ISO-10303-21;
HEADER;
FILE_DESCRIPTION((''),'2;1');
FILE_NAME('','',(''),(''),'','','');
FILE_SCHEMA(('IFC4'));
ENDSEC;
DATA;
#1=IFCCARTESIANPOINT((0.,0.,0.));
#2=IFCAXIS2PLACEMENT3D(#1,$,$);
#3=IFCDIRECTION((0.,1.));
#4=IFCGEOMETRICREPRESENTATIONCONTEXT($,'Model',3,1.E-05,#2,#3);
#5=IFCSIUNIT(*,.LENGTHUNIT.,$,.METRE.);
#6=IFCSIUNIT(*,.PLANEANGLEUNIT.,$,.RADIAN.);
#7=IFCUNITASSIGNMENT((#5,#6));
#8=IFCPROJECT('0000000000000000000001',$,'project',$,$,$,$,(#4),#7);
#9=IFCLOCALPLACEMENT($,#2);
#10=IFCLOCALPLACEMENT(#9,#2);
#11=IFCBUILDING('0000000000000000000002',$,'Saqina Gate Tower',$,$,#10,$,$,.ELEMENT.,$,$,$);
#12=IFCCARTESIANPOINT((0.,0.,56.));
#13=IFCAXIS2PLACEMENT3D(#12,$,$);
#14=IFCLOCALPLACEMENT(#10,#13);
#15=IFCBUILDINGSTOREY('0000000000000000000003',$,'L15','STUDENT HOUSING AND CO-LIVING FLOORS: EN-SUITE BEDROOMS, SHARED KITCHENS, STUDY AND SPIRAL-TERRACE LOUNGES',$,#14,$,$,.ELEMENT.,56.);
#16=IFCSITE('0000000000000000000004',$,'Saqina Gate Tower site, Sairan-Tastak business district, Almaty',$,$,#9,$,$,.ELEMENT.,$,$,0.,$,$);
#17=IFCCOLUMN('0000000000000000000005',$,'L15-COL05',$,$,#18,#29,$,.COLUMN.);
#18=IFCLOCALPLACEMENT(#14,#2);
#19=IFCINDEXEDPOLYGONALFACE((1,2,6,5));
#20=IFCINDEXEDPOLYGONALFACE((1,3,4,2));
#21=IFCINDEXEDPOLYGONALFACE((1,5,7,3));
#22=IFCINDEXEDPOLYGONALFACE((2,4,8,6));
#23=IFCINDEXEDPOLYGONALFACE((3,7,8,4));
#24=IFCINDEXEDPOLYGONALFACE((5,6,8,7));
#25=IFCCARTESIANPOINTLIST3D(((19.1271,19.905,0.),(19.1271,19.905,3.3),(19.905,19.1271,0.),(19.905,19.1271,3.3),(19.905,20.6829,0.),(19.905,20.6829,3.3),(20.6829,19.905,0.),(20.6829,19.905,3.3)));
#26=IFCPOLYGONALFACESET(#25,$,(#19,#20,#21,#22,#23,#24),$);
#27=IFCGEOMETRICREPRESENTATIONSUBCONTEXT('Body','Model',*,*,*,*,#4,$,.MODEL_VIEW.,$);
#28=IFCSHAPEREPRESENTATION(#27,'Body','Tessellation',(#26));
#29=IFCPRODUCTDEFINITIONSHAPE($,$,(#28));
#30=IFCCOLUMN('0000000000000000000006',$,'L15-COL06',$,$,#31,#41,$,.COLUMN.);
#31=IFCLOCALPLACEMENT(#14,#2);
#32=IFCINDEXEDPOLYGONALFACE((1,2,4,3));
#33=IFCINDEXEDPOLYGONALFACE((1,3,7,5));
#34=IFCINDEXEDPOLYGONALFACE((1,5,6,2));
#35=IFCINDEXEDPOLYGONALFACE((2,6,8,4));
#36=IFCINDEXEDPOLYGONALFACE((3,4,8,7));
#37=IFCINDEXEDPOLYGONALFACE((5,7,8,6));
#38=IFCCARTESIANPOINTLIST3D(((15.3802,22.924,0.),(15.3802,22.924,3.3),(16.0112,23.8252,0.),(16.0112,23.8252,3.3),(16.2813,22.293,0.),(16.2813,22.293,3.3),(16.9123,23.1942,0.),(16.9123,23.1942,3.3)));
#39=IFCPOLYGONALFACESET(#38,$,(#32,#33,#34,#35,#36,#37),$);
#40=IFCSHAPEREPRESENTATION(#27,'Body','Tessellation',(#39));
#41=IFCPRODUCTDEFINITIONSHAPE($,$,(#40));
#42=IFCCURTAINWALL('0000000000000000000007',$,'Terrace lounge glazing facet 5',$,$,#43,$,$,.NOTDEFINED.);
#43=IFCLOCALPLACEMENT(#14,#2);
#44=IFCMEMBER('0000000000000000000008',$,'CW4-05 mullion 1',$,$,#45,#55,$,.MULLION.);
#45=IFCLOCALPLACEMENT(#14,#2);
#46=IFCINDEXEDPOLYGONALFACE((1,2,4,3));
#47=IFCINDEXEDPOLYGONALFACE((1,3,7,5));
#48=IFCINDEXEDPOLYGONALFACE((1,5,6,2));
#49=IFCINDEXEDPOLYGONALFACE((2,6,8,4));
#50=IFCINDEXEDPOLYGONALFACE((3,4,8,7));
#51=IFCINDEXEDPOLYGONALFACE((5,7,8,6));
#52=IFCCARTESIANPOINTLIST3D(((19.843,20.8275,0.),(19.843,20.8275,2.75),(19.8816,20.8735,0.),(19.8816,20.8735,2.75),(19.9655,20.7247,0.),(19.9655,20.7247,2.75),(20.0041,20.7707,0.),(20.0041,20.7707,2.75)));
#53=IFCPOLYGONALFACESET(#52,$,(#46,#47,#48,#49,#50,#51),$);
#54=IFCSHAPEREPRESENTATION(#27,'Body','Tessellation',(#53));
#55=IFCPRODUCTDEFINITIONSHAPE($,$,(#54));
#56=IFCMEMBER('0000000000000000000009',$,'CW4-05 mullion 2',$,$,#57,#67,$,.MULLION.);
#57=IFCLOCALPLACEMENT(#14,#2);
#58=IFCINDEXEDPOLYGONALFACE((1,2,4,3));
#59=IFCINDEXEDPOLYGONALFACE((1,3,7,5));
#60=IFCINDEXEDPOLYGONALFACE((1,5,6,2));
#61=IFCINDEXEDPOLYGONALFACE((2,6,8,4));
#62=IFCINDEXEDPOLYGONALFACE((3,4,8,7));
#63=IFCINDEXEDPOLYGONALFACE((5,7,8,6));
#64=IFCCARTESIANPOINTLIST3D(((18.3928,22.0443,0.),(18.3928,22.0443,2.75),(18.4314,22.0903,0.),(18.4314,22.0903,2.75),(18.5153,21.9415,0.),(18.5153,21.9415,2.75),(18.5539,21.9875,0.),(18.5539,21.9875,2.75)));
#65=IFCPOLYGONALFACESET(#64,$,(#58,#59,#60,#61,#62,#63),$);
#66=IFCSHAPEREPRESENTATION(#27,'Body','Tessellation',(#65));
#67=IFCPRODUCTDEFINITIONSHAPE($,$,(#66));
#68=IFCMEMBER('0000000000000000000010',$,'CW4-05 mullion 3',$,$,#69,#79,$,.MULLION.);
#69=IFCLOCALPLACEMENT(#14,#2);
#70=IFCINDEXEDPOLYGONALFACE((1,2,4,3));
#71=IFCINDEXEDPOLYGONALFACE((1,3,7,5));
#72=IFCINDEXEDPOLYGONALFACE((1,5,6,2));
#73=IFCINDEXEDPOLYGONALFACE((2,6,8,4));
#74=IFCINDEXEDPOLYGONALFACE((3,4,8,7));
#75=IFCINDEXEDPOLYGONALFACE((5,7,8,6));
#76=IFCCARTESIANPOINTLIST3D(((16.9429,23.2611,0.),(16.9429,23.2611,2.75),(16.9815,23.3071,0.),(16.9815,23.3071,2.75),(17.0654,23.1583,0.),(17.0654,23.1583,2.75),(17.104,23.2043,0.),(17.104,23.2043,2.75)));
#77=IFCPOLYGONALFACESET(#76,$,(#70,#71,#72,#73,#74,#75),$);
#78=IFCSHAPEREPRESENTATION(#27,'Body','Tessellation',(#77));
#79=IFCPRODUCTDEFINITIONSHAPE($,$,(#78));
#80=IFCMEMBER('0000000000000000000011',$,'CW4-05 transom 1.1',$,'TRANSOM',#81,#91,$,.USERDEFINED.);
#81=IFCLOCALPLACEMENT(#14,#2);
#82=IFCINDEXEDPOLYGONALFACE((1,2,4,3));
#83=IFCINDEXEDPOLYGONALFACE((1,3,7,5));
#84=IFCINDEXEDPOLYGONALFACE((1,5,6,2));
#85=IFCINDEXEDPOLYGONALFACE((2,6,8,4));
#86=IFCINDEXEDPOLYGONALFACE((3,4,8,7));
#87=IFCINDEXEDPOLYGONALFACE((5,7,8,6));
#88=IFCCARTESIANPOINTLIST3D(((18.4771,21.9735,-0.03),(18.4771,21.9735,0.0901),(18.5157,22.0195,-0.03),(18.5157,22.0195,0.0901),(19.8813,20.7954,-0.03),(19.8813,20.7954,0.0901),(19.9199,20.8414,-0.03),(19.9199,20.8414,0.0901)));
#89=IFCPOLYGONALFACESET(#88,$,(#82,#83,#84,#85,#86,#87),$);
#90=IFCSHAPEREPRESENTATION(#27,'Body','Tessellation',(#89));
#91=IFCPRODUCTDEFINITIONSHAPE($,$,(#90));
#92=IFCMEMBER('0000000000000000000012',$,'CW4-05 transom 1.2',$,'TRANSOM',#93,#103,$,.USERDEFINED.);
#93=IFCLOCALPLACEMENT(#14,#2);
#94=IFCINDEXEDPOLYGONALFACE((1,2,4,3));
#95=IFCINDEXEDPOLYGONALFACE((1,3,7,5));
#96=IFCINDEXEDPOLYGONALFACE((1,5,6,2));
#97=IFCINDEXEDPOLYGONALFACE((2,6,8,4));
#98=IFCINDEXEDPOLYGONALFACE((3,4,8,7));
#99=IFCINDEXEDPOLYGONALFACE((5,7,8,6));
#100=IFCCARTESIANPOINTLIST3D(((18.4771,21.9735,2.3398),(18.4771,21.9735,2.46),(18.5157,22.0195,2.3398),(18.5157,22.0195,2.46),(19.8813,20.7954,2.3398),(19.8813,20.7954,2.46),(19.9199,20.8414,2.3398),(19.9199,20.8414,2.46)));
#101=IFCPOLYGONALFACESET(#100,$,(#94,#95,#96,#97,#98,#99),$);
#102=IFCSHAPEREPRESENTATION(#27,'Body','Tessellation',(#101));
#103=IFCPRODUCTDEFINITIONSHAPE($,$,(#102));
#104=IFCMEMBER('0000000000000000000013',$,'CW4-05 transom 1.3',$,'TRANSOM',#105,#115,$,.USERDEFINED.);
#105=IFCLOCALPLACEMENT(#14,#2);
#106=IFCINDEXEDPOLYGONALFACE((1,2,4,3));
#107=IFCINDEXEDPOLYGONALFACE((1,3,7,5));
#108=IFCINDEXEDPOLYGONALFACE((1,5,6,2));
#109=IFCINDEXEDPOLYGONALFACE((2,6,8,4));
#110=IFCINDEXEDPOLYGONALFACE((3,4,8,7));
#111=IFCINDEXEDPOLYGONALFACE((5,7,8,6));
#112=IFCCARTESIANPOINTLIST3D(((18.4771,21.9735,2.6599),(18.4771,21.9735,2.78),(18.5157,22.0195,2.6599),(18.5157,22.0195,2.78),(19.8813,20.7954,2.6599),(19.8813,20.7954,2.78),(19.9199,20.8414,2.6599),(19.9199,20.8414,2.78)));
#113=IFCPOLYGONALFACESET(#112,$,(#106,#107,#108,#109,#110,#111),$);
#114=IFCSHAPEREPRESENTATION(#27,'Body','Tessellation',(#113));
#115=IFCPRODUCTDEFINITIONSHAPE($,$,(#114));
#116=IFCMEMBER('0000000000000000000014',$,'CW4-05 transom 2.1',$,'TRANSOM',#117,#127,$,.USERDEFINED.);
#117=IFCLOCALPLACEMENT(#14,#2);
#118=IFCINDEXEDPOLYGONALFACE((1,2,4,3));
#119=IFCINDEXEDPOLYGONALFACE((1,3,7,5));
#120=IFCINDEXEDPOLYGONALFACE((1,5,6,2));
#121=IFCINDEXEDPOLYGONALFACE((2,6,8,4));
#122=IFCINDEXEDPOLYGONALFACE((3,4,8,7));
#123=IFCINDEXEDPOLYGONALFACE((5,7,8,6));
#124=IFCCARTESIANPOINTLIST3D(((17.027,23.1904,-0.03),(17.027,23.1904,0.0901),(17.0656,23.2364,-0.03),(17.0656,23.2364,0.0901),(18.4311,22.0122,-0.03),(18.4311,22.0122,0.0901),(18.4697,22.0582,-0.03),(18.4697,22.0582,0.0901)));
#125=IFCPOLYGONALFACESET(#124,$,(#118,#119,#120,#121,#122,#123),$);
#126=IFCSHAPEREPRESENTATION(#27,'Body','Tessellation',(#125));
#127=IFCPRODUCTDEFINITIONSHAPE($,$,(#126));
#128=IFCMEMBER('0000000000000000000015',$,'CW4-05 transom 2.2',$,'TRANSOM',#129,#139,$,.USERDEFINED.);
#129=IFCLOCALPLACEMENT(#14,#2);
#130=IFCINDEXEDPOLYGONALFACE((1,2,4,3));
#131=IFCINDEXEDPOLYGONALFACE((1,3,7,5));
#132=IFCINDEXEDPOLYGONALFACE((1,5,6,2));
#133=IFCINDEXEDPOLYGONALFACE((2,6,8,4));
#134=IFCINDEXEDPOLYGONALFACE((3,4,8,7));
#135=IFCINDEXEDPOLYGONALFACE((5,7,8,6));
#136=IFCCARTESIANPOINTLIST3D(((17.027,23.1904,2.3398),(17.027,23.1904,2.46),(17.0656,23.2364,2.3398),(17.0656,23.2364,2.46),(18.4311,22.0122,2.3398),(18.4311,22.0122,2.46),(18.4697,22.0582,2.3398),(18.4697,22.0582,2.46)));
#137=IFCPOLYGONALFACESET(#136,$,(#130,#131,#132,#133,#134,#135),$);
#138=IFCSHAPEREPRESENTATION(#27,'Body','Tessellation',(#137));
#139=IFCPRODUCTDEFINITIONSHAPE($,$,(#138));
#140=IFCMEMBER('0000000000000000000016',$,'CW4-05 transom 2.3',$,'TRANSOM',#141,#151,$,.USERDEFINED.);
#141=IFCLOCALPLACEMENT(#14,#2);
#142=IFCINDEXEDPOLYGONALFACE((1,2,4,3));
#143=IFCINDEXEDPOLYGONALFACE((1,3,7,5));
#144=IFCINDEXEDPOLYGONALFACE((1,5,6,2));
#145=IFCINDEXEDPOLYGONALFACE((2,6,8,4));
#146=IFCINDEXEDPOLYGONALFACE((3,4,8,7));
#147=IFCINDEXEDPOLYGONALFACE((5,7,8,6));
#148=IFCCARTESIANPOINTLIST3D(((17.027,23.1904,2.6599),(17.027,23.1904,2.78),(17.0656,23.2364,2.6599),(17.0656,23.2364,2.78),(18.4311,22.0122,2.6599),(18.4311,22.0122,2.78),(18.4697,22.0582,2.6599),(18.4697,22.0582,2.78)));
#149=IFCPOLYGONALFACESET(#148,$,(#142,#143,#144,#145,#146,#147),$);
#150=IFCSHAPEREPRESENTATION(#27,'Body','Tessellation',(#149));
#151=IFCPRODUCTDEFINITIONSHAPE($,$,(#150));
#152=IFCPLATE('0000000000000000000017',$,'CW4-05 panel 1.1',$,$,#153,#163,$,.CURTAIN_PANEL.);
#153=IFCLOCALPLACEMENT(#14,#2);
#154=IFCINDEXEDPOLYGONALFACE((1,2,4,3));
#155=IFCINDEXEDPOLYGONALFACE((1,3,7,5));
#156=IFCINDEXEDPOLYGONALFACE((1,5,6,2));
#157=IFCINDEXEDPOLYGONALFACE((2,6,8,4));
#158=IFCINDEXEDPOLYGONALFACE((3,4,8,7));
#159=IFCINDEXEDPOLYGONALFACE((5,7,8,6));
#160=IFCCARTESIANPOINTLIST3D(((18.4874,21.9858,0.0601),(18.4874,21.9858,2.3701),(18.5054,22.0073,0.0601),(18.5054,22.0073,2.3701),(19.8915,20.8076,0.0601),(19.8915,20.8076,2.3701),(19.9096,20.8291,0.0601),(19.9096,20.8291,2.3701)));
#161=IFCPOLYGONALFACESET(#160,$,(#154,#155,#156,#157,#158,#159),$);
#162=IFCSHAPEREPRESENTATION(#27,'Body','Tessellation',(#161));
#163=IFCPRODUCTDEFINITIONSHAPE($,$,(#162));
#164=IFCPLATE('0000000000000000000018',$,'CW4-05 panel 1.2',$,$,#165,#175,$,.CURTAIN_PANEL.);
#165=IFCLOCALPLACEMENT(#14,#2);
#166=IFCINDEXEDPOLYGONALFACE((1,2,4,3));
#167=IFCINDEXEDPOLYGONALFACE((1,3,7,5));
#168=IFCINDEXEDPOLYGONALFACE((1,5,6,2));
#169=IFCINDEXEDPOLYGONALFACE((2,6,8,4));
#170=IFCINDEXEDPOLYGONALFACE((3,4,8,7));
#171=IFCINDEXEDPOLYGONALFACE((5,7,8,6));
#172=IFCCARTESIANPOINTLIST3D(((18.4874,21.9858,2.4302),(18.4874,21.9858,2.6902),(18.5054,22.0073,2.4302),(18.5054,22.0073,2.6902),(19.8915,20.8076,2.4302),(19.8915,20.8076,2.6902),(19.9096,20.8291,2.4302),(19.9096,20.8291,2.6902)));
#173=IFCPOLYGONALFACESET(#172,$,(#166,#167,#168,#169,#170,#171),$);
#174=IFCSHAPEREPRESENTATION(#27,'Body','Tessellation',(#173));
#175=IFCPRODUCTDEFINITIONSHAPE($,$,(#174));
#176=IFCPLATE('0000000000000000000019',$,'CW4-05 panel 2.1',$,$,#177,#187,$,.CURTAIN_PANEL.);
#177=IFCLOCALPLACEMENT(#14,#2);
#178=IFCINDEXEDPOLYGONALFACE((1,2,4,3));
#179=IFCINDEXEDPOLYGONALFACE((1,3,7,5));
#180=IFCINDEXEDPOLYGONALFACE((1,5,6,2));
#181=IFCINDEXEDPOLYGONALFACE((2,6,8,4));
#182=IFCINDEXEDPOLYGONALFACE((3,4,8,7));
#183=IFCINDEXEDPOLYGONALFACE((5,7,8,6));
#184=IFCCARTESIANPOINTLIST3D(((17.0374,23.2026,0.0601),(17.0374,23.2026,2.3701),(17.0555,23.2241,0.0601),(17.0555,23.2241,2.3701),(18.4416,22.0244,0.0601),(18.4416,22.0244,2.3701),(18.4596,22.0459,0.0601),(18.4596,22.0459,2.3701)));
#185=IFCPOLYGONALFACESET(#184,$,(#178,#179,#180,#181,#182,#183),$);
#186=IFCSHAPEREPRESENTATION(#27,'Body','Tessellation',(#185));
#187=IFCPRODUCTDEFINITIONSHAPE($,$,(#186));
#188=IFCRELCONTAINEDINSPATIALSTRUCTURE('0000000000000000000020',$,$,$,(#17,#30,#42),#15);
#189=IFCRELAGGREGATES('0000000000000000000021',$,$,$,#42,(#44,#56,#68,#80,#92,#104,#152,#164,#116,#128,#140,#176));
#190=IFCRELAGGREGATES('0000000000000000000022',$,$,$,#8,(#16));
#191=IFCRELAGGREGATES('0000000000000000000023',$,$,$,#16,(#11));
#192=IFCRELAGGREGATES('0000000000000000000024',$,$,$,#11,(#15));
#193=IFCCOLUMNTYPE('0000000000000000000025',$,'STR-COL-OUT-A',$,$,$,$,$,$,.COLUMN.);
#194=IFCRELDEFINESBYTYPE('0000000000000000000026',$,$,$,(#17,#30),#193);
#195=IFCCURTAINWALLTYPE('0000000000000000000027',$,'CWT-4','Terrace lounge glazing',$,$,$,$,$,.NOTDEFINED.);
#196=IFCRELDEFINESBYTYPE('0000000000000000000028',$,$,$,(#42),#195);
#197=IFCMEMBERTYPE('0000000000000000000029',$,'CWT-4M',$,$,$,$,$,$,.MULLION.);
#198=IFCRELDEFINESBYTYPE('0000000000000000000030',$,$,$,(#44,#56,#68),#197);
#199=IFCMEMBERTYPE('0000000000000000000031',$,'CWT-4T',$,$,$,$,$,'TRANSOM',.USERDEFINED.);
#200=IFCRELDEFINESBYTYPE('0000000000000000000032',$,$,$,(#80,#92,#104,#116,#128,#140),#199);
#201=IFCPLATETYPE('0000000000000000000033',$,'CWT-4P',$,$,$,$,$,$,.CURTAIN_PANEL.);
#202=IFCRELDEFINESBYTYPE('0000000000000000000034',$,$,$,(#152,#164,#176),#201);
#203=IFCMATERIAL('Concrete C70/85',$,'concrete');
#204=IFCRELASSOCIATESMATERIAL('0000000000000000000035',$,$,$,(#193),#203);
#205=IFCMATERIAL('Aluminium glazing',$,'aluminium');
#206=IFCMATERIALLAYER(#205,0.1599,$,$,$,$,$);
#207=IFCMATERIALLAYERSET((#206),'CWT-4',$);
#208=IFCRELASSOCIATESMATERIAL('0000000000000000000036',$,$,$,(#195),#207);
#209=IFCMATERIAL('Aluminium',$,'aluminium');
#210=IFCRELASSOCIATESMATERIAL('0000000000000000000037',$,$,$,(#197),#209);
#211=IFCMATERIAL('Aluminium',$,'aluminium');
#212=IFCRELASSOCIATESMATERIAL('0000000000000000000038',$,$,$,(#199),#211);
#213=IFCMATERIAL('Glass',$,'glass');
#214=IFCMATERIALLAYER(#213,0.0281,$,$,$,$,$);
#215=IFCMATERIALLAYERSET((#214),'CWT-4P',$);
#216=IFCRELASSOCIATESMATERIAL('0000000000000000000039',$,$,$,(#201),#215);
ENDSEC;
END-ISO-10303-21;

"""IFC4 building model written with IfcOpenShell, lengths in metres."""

from ifc_helpers import new_model, si_unit, direction, frame, origin, origin_2d, place, context, subcontext, project, spatial, rectangle, extrude, material, layer, layer_set, material_profile, profile_set, type_object, element, aggregate, save


model = new_model("IFC4")

# Units and contexts
model_context = context("Model", 3, precision=1e-05, world=origin(), true_north=direction((0.0, 1.0)))
body_context = subcontext(model_context, "Body", "Model", "MODEL_VIEW")
ifc_project = project(units=[si_unit("LENGTHUNIT", "METRE"), si_unit("PLANEANGLEUNIT", "RADIAN")], contexts=[model_context])

# Site, building, storey
site_placement = place(None, origin())
site = spatial("IfcSite", under=ifc_project, at=site_placement, Name="Saqina Gate Tower site, Sairan-Tastak business district, Almaty", CompositionType="ELEMENT", RefElevation=0.0)
building_placement = place(site_placement, origin())
building = spatial("IfcBuilding", under=site, at=building_placement, Name="Saqina Gate Tower", CompositionType="ELEMENT")
storey_placement = place(building_placement, frame((0.0, 0.0, 56.0)))
storey = spatial("IfcBuildingStorey", under=building, at=storey_placement, Name="L15", Description="STUDENT HOUSING AND CO-LIVING FLOORS: EN-SUITE BEDROOMS, SHARED KITCHENS, STUDY AND SPIRAL-TERRACE LOUNGES", CompositionType="ELEMENT", Elevation=56.0)

# Columns
ifc_material_1 = material(Name="Concrete C70/85", Category="concrete")
ifc_material_profile_1 = material_profile(ifc_material_1, rectangle(XDim=1.1001, YDim=1.1001, at=origin_2d()), Name="RC 1100x1100")
ifc_profile_set_1 = profile_set([ifc_material_profile_1], Name="Concrete C70/85")
column_type = type_object("IfcColumnType", Name="STR-COL-OUT-A", PredefinedType="COLUMN", material=ifc_profile_set_1)
for number, where, z_axis, x_axis, name in (
    (1, (19.905, 19.905, 0.0), (0.0, 0.0, 1.0), (0.707107, 0.707107, 0.0), "L15-COL05"),
    (2, (16.1462, 23.0591, 0.0), (0.0, 0.0, 1.0), (0.573576, 0.819152, 0.0), "L15-COL06"),
):
    element("IfcColumn", number, at=place(storey_placement, frame(where, z_axis=z_axis, x_axis=x_axis)), inside=storey, type_object=column_type, Name=name, PredefinedType="COLUMN", context=body_context, shape_type="SweptSolid", body=[
        extrude(rectangle(XDim=1.1001, YDim=1.1001, at=origin_2d()), origin(), (0.0, 0.0, 1.0), 3.3),
    ])

# Curtain wall, members, plates
ifc_material_2 = material(Name="Aluminium glazing", Category="aluminium")
ifc_layer_1 = layer(ifc_material_2, 0.1599)
ifc_layer_set_1 = layer_set([ifc_layer_1], Name="CWT-4")
curtain_wall_type = type_object("IfcCurtainWallType", Name="CWT-4", Description="Terrace lounge glazing", PredefinedType="NOTDEFINED", material=ifc_layer_set_1)
curtain_wall_placement = place(storey_placement, origin())
curtain_wall = element("IfcCurtainWall", 3, at=curtain_wall_placement, inside=storey, type_object=curtain_wall_type, Name="Terrace lounge glazing facet 5", PredefinedType="NOTDEFINED")
ifc_material_3 = material(Name="Aluminium", Category="aluminium")
ifc_material_profile_2 = material_profile(ifc_material_3, rectangle(XDim=0.0601, YDim=0.1599, at=origin_2d()), Name="Aluminium 60x160")
ifc_profile_set_2 = profile_set([ifc_material_profile_2], Name="Aluminium")
member_type_1 = type_object("IfcMemberType", Name="CWT-4M", PredefinedType="MULLION", material=ifc_profile_set_2)
member_1_placement = place(storey_placement, frame((19.9236, 20.7991, 0.0), z_axis=(0.0, 0.0, 1.0), x_axis=(-0.642792, -0.766041, 0.0)))
member_1 = element("IfcMember", 4, at=member_1_placement, type_object=member_type_1, Name="CW4-05 mullion 1", PredefinedType="MULLION", context=body_context, shape_type="SweptSolid", body=[
    extrude(rectangle(XDim=0.0601, YDim=0.1599, at=origin_2d()), origin(), (0.0, 0.0, 1.0), 2.75),
])
member_2_placement = place(storey_placement, frame((18.4734, 22.0159, 0.0), z_axis=(0.0, 0.0, 1.0), x_axis=(-0.642792, -0.766041, 0.0)))
member_2 = element("IfcMember", 5, at=member_2_placement, type_object=member_type_1, Name="CW4-05 mullion 2", PredefinedType="MULLION", context=body_context, shape_type="SweptSolid", body=[
    extrude(rectangle(XDim=0.0601, YDim=0.1599, at=origin_2d()), origin(), (0.0, 0.0, 1.0), 2.75),
])
member_3_placement = place(storey_placement, frame((17.0234, 23.2327, 0.0), z_axis=(0.0, 0.0, 1.0), x_axis=(-0.642792, -0.766041, 0.0)))
member_3 = element("IfcMember", 6, at=member_3_placement, type_object=member_type_1, Name="CW4-05 mullion 3", PredefinedType="MULLION", context=body_context, shape_type="SweptSolid", body=[
    extrude(rectangle(XDim=0.0601, YDim=0.1599, at=origin_2d()), origin(), (0.0, 0.0, 1.0), 2.75),
])
ifc_material_4 = material(Name="Aluminium", Category="aluminium")
ifc_material_profile_3 = material_profile(ifc_material_4, rectangle(XDim=0.0601, YDim=0.1201, at=origin_2d()), Name="Aluminium 60x120")
ifc_profile_set_3 = profile_set([ifc_material_profile_3], Name="Aluminium")
member_type_2 = type_object("IfcMemberType", Name="CWT-4T", ElementType="TRANSOM", PredefinedType="USERDEFINED", material=ifc_profile_set_3)
member_4_placement = place(storey_placement, frame((19.9006, 20.8184, 0.03), z_axis=(-0.766077, 0.642748, 0.0), x_axis=(-0.642748, -0.766077, 0.0)))
member_4 = element("IfcMember", 7, at=member_4_placement, type_object=member_type_2, Name="CW4-05 transom 1.1", ObjectType="TRANSOM", PredefinedType="USERDEFINED", context=body_context, shape_type="SweptSolid", body=[
    extrude(rectangle(XDim=0.0601, YDim=0.1201, at=origin_2d()), origin(), (0.0, 0.0, 1.0), 1.833),
])
member_5_placement = place(storey_placement, frame((19.9006, 20.8184, 2.3999), z_axis=(-0.766077, 0.642748, 0.0), x_axis=(-0.642748, -0.766077, 0.0)))
member_5 = element("IfcMember", 8, at=member_5_placement, type_object=member_type_2, Name="CW4-05 transom 1.2", ObjectType="TRANSOM", PredefinedType="USERDEFINED", context=body_context, shape_type="SweptSolid", body=[
    extrude(rectangle(XDim=0.0601, YDim=0.1201, at=origin_2d()), origin(), (0.0, 0.0, 1.0), 1.833),
])
member_6_placement = place(storey_placement, frame((19.9006, 20.8184, 2.72), z_axis=(-0.766077, 0.642748, 0.0), x_axis=(-0.642748, -0.766077, 0.0)))
member_6 = element("IfcMember", 9, at=member_6_placement, type_object=member_type_2, Name="CW4-05 transom 1.3", ObjectType="TRANSOM", PredefinedType="USERDEFINED", context=body_context, shape_type="SweptSolid", body=[
    extrude(rectangle(XDim=0.0601, YDim=0.1201, at=origin_2d()), origin(), (0.0, 0.0, 1.0), 1.833),
])
member_7_placement = place(storey_placement, frame((18.4504, 22.0352, 0.03), z_axis=(-0.766022, 0.642814, 0.0), x_axis=(-0.642814, -0.766022, 0.0)))
member_7 = element("IfcMember", 10, at=member_7_placement, type_object=member_type_2, Name="CW4-05 transom 2.1", ObjectType="TRANSOM", PredefinedType="USERDEFINED", context=body_context, shape_type="SweptSolid", body=[
    extrude(rectangle(XDim=0.0601, YDim=0.1201, at=origin_2d()), origin(), (0.0, 0.0, 1.0), 1.833),
])
member_8_placement = place(storey_placement, frame((18.4504, 22.0352, 2.3999), z_axis=(-0.766022, 0.642814, 0.0), x_axis=(-0.642814, -0.766022, 0.0)))
member_8 = element("IfcMember", 11, at=member_8_placement, type_object=member_type_2, Name="CW4-05 transom 2.2", ObjectType="TRANSOM", PredefinedType="USERDEFINED", context=body_context, shape_type="SweptSolid", body=[
    extrude(rectangle(XDim=0.0601, YDim=0.1201, at=origin_2d()), origin(), (0.0, 0.0, 1.0), 1.833),
])
member_9_placement = place(storey_placement, frame((18.4504, 22.0352, 2.72), z_axis=(-0.766022, 0.642814, 0.0), x_axis=(-0.642814, -0.766022, 0.0)))
member_9 = element("IfcMember", 12, at=member_9_placement, type_object=member_type_2, Name="CW4-05 transom 2.3", ObjectType="TRANSOM", PredefinedType="USERDEFINED", context=body_context, shape_type="SweptSolid", body=[
    extrude(rectangle(XDim=0.0601, YDim=0.1201, at=origin_2d()), origin(), (0.0, 0.0, 1.0), 1.833),
])
ifc_material_5 = material(Name="Glass", Category="glass")
ifc_layer_2 = layer(ifc_material_5, 0.0281)
ifc_layer_set_2 = layer_set([ifc_layer_2], Name="CWT-4P")
plate_type = type_object("IfcPlateType", Name="CWT-4P", PredefinedType="CURTAIN_PANEL", material=ifc_layer_set_2)
plate_1_placement = place(storey_placement, frame((19.1985, 21.4075, 0.0601), z_axis=(0.0, 0.0, 1.0), x_axis=(-0.766041, 0.642792, 0.0)))
plate_1 = element("IfcPlate", 13, at=plate_1_placement, type_object=plate_type, Name="CW4-05 panel 1.1", PredefinedType="CURTAIN_PANEL", context=body_context, shape_type="SweptSolid", body=[
    extrude(rectangle(XDim=1.833, YDim=0.0281, at=origin_2d()), origin(), (0.0, 0.0, 1.0), 2.3101),
])
plate_2_placement = place(storey_placement, frame((19.1985, 21.4075, 2.4302), z_axis=(0.0, 0.0, 1.0), x_axis=(-0.766041, 0.642792, 0.0)))
plate_2 = element("IfcPlate", 14, at=plate_2_placement, type_object=plate_type, Name="CW4-05 panel 1.2", PredefinedType="CURTAIN_PANEL", context=body_context, shape_type="SweptSolid", body=[
    extrude(rectangle(XDim=1.833, YDim=0.0281, at=origin_2d()), origin(), (0.0, 0.0, 1.0), 0.26),
])
plate_3_placement = place(storey_placement, frame((17.7485, 22.6243, 0.0601), z_axis=(0.0, 0.0, 1.0), x_axis=(-0.766041, 0.642792, 0.0)))
plate_3 = element("IfcPlate", 15, at=plate_3_placement, type_object=plate_type, Name="CW4-05 panel 2.1", PredefinedType="CURTAIN_PANEL", context=body_context, shape_type="SweptSolid", body=[
    extrude(rectangle(XDim=1.833, YDim=0.0281, at=origin_2d()), origin(), (0.0, 0.0, 1.0), 2.3101),
])
aggregate(curtain_wall, [member_1, member_2, member_3, member_4, member_5, member_6, plate_1, plate_2, member_7, member_8, member_9, plate_3])

save(model, "model.ifc")
